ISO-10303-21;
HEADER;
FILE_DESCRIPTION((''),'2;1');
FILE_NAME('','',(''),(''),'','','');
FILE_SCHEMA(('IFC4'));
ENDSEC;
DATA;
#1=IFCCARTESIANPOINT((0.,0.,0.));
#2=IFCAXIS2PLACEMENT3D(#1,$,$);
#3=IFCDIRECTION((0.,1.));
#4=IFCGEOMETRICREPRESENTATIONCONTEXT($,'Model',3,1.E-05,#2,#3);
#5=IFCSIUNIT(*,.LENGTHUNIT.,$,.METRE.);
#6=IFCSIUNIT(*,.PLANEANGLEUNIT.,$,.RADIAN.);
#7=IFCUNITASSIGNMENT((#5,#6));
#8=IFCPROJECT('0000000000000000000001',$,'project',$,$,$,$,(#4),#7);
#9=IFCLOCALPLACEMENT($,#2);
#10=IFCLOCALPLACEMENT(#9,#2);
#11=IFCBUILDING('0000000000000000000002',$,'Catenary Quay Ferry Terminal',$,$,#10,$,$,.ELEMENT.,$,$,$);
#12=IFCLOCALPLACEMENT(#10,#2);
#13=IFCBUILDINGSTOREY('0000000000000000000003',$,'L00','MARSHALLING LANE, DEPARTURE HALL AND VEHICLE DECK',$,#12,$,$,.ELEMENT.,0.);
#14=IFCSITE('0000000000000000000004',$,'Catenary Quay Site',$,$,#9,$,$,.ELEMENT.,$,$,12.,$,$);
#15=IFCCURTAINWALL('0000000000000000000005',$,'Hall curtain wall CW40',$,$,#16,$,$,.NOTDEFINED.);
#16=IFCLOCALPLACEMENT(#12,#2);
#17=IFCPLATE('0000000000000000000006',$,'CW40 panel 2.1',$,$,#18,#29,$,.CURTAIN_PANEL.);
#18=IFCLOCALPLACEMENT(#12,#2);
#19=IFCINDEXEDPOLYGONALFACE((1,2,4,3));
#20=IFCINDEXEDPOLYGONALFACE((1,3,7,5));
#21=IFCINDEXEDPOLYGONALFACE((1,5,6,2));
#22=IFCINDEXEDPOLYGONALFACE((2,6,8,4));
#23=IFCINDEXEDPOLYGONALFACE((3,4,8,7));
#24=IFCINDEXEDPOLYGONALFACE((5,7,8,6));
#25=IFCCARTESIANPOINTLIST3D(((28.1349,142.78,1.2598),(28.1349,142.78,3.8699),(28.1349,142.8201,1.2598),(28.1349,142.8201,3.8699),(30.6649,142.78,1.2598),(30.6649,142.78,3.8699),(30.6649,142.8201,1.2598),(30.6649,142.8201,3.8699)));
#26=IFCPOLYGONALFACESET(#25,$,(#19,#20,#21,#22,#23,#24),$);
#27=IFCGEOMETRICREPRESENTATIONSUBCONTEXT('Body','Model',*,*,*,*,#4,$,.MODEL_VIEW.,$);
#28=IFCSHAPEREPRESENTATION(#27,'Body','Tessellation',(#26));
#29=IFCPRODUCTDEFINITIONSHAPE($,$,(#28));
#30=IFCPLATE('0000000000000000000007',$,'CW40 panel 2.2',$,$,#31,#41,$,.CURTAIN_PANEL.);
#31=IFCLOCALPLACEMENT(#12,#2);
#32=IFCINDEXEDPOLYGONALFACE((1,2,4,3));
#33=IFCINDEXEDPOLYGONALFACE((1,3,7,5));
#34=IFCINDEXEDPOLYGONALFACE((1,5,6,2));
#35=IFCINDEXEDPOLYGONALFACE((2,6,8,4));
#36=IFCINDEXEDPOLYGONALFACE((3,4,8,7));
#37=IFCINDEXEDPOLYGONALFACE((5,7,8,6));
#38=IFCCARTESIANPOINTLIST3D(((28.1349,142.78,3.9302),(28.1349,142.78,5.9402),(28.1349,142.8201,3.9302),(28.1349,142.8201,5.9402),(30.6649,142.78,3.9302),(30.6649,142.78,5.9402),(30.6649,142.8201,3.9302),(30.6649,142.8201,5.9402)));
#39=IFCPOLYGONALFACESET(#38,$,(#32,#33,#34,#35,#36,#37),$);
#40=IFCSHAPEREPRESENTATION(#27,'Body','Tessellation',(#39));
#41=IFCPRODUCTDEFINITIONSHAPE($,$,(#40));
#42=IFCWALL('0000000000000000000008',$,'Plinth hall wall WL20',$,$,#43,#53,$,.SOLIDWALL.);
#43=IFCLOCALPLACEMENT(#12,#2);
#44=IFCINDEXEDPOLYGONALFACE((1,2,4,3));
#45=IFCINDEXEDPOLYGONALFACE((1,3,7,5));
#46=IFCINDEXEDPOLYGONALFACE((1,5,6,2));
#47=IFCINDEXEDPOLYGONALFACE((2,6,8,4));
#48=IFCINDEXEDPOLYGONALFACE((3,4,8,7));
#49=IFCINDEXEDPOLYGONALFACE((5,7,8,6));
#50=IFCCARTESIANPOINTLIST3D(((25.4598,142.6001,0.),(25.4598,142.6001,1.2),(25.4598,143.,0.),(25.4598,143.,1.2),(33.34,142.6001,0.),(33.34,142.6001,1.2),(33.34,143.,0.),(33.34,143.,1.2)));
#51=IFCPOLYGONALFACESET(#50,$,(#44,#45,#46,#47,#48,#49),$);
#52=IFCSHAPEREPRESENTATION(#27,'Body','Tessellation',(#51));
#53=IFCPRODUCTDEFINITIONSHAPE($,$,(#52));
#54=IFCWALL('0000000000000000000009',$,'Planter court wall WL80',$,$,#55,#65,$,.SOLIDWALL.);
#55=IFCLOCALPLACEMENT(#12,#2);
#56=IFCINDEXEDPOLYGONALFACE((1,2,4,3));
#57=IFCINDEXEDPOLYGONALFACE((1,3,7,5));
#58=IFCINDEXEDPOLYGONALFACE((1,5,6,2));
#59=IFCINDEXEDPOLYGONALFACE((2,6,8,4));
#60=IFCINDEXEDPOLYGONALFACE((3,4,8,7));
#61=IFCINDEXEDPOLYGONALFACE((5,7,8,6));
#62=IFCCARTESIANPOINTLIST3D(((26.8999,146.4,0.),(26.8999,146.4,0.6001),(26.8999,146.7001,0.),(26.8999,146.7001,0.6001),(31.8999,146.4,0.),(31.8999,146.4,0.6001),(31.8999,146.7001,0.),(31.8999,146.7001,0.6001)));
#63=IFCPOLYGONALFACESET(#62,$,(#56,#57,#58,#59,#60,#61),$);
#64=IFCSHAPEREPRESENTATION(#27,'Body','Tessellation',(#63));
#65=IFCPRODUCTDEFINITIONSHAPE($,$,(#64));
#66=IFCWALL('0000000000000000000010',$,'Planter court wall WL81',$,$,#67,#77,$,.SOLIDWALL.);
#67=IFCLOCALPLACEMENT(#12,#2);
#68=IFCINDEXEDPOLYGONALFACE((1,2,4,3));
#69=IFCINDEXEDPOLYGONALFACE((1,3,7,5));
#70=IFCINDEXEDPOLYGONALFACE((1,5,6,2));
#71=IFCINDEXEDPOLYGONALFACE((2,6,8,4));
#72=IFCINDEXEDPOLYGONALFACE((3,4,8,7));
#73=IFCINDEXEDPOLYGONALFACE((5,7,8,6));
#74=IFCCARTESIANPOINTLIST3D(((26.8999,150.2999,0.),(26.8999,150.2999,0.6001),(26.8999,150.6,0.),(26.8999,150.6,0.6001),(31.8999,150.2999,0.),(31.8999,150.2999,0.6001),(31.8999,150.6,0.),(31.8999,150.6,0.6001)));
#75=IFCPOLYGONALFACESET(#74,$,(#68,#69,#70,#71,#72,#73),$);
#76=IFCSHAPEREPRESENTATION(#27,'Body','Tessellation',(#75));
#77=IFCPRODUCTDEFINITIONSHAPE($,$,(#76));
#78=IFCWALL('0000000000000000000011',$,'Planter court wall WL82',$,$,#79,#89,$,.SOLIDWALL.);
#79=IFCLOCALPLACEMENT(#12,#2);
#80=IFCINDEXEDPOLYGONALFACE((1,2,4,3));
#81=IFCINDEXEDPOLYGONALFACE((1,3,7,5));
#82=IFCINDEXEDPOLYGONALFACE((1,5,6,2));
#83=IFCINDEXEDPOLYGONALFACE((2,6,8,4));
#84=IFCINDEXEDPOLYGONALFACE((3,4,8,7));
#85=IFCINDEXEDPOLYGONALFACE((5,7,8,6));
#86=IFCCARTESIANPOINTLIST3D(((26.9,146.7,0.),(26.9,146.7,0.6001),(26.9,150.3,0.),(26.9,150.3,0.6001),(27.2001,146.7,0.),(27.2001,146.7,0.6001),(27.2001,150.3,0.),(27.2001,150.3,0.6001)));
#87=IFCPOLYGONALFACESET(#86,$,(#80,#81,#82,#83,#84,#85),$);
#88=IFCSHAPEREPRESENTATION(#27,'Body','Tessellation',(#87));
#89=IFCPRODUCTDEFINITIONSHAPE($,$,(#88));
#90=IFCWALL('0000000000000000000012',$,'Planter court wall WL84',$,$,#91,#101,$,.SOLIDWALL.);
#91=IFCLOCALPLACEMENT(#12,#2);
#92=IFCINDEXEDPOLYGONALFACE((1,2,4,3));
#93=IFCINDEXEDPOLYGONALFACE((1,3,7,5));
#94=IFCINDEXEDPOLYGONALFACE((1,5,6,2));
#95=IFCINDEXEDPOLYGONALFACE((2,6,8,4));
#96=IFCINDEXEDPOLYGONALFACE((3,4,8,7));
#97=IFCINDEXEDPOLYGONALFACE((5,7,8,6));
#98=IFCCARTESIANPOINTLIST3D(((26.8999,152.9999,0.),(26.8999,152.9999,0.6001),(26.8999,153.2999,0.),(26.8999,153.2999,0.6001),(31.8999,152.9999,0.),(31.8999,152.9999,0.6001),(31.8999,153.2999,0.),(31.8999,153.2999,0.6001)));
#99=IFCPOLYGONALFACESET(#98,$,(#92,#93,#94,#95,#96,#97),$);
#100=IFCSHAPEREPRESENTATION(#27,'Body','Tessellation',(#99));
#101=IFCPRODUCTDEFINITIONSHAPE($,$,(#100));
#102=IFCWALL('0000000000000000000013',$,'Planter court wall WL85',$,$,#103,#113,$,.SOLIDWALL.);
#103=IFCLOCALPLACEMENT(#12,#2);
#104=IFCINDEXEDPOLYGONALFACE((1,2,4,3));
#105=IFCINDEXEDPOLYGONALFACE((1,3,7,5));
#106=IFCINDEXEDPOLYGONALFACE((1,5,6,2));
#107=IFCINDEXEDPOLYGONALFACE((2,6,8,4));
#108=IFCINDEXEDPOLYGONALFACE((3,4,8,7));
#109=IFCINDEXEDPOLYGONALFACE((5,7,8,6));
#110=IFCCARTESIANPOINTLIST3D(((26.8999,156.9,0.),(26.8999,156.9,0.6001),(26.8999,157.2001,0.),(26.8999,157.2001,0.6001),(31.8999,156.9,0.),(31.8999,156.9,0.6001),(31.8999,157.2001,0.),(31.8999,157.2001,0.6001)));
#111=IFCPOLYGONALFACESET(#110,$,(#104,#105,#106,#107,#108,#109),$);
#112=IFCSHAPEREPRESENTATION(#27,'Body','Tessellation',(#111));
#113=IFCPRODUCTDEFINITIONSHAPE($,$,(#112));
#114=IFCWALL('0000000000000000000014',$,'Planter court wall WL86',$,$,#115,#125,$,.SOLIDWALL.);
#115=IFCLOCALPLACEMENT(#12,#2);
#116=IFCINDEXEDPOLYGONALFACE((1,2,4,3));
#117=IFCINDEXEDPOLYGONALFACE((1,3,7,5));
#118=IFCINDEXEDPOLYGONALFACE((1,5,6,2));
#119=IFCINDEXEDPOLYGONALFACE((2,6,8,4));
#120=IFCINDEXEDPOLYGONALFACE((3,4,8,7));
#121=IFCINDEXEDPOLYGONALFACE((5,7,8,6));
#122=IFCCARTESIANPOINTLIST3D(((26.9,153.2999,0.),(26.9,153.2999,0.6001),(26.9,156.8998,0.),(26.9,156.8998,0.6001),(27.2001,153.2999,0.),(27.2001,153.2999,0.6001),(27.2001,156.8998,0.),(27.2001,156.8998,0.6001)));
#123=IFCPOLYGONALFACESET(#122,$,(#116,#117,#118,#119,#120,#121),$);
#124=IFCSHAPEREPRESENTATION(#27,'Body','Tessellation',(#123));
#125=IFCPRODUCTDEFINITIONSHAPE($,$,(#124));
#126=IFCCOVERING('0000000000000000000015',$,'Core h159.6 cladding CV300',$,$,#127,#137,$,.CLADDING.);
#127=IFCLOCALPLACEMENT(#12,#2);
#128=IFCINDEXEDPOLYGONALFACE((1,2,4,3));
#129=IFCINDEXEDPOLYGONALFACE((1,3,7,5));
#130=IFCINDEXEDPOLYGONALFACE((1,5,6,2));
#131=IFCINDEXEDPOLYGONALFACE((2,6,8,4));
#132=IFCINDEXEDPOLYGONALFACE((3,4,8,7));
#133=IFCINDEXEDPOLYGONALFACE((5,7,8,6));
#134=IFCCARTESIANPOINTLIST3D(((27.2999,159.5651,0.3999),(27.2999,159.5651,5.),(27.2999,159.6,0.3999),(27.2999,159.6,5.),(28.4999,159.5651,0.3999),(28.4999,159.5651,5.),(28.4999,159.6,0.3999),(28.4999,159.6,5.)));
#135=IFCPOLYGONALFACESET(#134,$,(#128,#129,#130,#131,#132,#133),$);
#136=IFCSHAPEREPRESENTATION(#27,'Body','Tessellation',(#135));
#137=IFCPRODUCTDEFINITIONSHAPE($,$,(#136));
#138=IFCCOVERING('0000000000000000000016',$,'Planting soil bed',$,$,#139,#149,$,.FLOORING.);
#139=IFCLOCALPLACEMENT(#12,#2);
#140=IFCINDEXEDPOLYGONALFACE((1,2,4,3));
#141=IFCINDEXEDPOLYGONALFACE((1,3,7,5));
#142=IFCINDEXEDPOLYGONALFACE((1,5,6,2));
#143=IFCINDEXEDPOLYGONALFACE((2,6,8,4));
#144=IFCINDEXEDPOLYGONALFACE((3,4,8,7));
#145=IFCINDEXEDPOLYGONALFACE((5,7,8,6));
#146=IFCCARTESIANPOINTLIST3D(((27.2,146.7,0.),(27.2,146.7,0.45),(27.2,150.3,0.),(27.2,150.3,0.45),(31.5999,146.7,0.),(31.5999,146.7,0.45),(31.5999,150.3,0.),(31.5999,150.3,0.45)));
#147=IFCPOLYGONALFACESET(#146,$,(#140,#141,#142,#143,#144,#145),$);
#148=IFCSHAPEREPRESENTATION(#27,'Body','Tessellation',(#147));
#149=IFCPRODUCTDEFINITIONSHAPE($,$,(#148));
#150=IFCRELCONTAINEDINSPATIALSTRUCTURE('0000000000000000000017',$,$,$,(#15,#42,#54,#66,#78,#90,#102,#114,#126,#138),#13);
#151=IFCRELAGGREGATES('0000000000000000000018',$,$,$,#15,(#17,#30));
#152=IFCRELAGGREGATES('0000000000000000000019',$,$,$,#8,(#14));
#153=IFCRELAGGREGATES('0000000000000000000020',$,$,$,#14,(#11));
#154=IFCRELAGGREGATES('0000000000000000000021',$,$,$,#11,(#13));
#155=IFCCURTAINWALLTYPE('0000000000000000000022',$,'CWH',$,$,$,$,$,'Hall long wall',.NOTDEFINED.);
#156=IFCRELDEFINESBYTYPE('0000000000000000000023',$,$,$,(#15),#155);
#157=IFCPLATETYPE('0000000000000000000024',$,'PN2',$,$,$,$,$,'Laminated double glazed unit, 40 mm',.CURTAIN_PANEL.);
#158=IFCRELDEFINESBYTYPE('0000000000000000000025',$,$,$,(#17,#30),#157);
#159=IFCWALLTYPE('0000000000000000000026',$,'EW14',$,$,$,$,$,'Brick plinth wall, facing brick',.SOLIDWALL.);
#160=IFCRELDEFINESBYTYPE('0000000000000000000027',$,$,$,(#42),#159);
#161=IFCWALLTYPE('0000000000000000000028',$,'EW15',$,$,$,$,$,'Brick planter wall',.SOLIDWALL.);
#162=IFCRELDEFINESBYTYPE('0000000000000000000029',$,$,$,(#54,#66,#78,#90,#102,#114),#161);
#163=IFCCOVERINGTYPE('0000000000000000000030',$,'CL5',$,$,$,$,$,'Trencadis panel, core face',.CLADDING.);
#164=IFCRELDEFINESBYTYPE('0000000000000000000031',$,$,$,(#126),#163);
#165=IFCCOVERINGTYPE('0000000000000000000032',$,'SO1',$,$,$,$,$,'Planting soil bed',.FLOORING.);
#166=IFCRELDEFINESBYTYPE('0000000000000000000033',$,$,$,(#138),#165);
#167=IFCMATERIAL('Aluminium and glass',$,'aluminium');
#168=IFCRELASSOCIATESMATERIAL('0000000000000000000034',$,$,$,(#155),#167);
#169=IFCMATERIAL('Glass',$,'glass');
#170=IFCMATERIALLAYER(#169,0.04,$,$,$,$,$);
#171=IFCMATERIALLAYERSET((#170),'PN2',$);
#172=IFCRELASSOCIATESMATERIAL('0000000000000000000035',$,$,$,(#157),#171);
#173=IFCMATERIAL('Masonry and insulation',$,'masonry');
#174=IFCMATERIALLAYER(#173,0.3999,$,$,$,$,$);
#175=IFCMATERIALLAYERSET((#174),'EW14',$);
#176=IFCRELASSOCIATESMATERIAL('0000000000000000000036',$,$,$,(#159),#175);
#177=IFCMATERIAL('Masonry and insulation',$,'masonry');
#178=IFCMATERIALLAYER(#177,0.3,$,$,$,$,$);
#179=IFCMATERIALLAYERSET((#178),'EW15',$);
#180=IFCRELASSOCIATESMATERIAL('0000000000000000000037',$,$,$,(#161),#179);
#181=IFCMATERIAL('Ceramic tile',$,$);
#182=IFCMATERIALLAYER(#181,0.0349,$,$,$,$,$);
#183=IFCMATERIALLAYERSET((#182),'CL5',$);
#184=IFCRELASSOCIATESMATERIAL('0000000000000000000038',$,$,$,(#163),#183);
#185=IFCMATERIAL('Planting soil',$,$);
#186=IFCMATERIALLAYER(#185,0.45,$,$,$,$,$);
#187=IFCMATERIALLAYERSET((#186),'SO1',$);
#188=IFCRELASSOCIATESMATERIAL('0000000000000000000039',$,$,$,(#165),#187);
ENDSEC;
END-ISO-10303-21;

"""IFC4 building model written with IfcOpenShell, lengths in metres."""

from ifc_helpers import new_model, si_unit, direction, frame, frame_2d, origin, origin_2d, place, context, subcontext, project, spatial, rectangle, extrude, material, layer, layer_set, type_object, element, aggregate, save


model = new_model("IFC4")

# Units and contexts
model_context = context("Model", 3, precision=1e-05, world=origin(), true_north=direction((0.0, 1.0)))
body_context = subcontext(model_context, "Body", "Model", "MODEL_VIEW")
ifc_project = project(units=[si_unit("LENGTHUNIT", "METRE"), si_unit("PLANEANGLEUNIT", "RADIAN")], contexts=[model_context])

# Site, building, storey
site_placement = place(None, origin())
site = spatial("IfcSite", under=ifc_project, at=site_placement, Name="Catenary Quay Site", CompositionType="ELEMENT", RefElevation=12.0)
building_placement = place(site_placement, origin())
building = spatial("IfcBuilding", under=site, at=building_placement, Name="Catenary Quay Ferry Terminal", CompositionType="ELEMENT")
storey_placement = place(building_placement, origin())
storey = spatial("IfcBuildingStorey", under=building, at=storey_placement, Name="L00", Description="MARSHALLING LANE, DEPARTURE HALL AND VEHICLE DECK", CompositionType="ELEMENT", Elevation=0.0)

# Curtain wall, plates
ifc_material_1 = material(Name="Aluminium and glass", Category="aluminium")
curtain_wall_type = type_object("IfcCurtainWallType", Name="CWH", ElementType="Hall long wall", PredefinedType="NOTDEFINED", material=ifc_material_1)
curtain_wall_placement = place(storey_placement, origin())
curtain_wall = element("IfcCurtainWall", 1, at=curtain_wall_placement, inside=storey, type_object=curtain_wall_type, Name="Hall curtain wall CW40", PredefinedType="NOTDEFINED")
ifc_material_2 = material(Name="Glass", Category="glass")
ifc_layer_1 = layer(ifc_material_2, 0.04)
ifc_layer_set_1 = layer_set([ifc_layer_1], Name="PN2")
plate_type = type_object("IfcPlateType", Name="PN2", ElementType="Laminated double glazed unit, 40 mm", PredefinedType="CURTAIN_PANEL", material=ifc_layer_set_1)
plate_1_placement = place(storey_placement, frame((29.3999, 142.8, 1.2598), z_axis=(0.0, 0.0, 1.0), x_axis=(1.0, 0.0, 0.0)))
plate_1 = element("IfcPlate", 2, at=plate_1_placement, type_object=plate_type, Name="CW40 panel 2.1", PredefinedType="CURTAIN_PANEL", context=body_context, shape_type="SweptSolid", body=[
    extrude(rectangle(XDim=2.53, YDim=0.04, at=origin_2d()), origin(), (0.0, 0.0, 1.0), 2.6101),
])
plate_2_placement = place(storey_placement, frame((29.3999, 142.8, 3.9302), z_axis=(0.0, 0.0, 1.0), x_axis=(1.0, 0.0, 0.0)))
plate_2 = element("IfcPlate", 3, at=plate_2_placement, type_object=plate_type, Name="CW40 panel 2.2", PredefinedType="CURTAIN_PANEL", context=body_context, shape_type="SweptSolid", body=[
    extrude(rectangle(XDim=2.53, YDim=0.04, at=origin_2d()), origin(), (0.0, 0.0, 1.0), 2.01),
])
aggregate(curtain_wall, [plate_1, plate_2])

# Walls
ifc_material_3 = material(Name="Masonry and insulation", Category="masonry")
ifc_layer_2 = layer(ifc_material_3, 0.3999)
ifc_layer_set_2 = layer_set([ifc_layer_2], Name="EW14")
wall_type_1 = type_object("IfcWallType", Name="EW14", ElementType="Brick plinth wall, facing brick", PredefinedType="SOLIDWALL", material=ifc_layer_set_2)
wall_1_placement = place(storey_placement, frame((25.46, 142.8, 0.0), z_axis=(0.0, 0.0, 1.0), x_axis=(1.0, 0.0, 0.0)))
element("IfcWall", 4, at=wall_1_placement, inside=storey, type_object=wall_type_1, Name="Plinth hall wall WL20", PredefinedType="SOLIDWALL", context=body_context, shape_type="SweptSolid", body=[
    extrude(rectangle(XDim=7.8801, YDim=0.3999, at=frame_2d((3.9399, 0.0))), origin(), (0.0, 0.0, 1.0), 1.2),
])
ifc_material_4 = material(Name="Masonry and insulation", Category="masonry")
ifc_layer_3 = layer(ifc_material_4, 0.3)
ifc_layer_set_3 = layer_set([ifc_layer_3], Name="EW15")
wall_type_2 = type_object("IfcWallType", Name="EW15", ElementType="Brick planter wall", PredefinedType="SOLIDWALL", material=ifc_layer_set_3)
for number, where, z_axis, x_axis, name in (
    (5, (26.8999, 146.55, 0.0), (0.0, 0.0, 1.0), (1.0, 0.0, 0.0), "Planter court wall WL80"),
    (6, (26.8999, 150.45, 0.0), (0.0, 0.0, 1.0), (1.0, 0.0, 0.0), "Planter court wall WL81"),
):
    element("IfcWall", number, at=place(storey_placement, frame(where, z_axis=z_axis, x_axis=x_axis)), inside=storey, type_object=wall_type_2, Name=name, PredefinedType="SOLIDWALL", context=body_context, shape_type="SweptSolid", body=[
        extrude(rectangle(XDim=5.0, YDim=0.3, at=frame_2d((2.5, 0.0))), origin(), (0.0, 0.0, 1.0), 0.6001),
    ])
wall_2_placement = place(storey_placement, frame((27.05, 146.7, 0.0), z_axis=(0.0, 0.0, 1.0), x_axis=(0.0, 1.0, 0.0)))
element("IfcWall", 7, at=wall_2_placement, inside=storey, type_object=wall_type_2, Name="Planter court wall WL82", PredefinedType="SOLIDWALL", context=body_context, shape_type="SweptSolid", body=[
    extrude(rectangle(XDim=3.6001, YDim=0.3, at=frame_2d((1.8, 0.0))), origin(), (0.0, 0.0, 1.0), 0.6001),
])
for number, where, z_axis, x_axis, name in (
    (8, (26.8999, 153.1499, 0.0), (0.0, 0.0, 1.0), (1.0, 0.0, 0.0), "Planter court wall WL84"),
    (9, (26.8999, 157.05, 0.0), (0.0, 0.0, 1.0), (1.0, 0.0, 0.0), "Planter court wall WL85"),
):
    element("IfcWall", number, at=place(storey_placement, frame(where, z_axis=z_axis, x_axis=x_axis)), inside=storey, type_object=wall_type_2, Name=name, PredefinedType="SOLIDWALL", context=body_context, shape_type="SweptSolid", body=[
        extrude(rectangle(XDim=5.0, YDim=0.3, at=frame_2d((2.5, 0.0))), origin(), (0.0, 0.0, 1.0), 0.6001),
    ])
wall_3_placement = place(storey_placement, frame((27.05, 153.3, 0.0), z_axis=(0.0, 0.0, 1.0), x_axis=(0.0, 1.0, 0.0)))
element("IfcWall", 10, at=wall_3_placement, inside=storey, type_object=wall_type_2, Name="Planter court wall WL86", PredefinedType="SOLIDWALL", context=body_context, shape_type="SweptSolid", body=[
    extrude(rectangle(XDim=3.5999, YDim=0.3, at=frame_2d((1.7998, 0.0))), origin(), (0.0, 0.0, 1.0), 0.6001),
])

# Coverings
ifc_material_5 = material(Name="Ceramic tile")
ifc_layer_4 = layer(ifc_material_5, 0.0349)
ifc_layer_set_4 = layer_set([ifc_layer_4], Name="CL5")
covering_type_1 = type_object("IfcCoveringType", Name="CL5", ElementType="Trencadis panel, core face", PredefinedType="CLADDING", material=ifc_layer_set_4)
covering_1_placement = place(storey_placement, frame((27.8999, 159.5825, 0.3999), z_axis=(0.0, 0.0, 1.0), x_axis=(1.0, 0.0, 0.0)))
element("IfcCovering", 11, at=covering_1_placement, inside=storey, type_object=covering_type_1, Name="Core h159.6 cladding CV300", PredefinedType="CLADDING", context=body_context, shape_type="SweptSolid", body=[
    extrude(rectangle(XDim=1.2, YDim=0.0349, at=origin_2d()), origin(), (0.0, 0.0, 1.0), 4.6001),
])
ifc_material_6 = material(Name="Planting soil")
ifc_layer_5 = layer(ifc_material_6, 0.45)
ifc_layer_set_5 = layer_set([ifc_layer_5], Name="SO1")
covering_type_2 = type_object("IfcCoveringType", Name="SO1", ElementType="Planting soil bed", PredefinedType="FLOORING", material=ifc_layer_set_5)
covering_2_placement = place(storey_placement, frame((29.3999, 148.5, 0.0), z_axis=(0.0, 0.0, 1.0), x_axis=(1.0, 0.0, 0.0)))
element("IfcCovering", 12, at=covering_2_placement, inside=storey, type_object=covering_type_2, Name="Planting soil bed", PredefinedType="FLOORING", context=body_context, shape_type="SweptSolid", body=[
    extrude(rectangle(XDim=4.3999, YDim=3.6001, at=origin_2d()), origin(), (0.0, 0.0, 1.0), 0.45),
])

save(model, "model.ifc")
